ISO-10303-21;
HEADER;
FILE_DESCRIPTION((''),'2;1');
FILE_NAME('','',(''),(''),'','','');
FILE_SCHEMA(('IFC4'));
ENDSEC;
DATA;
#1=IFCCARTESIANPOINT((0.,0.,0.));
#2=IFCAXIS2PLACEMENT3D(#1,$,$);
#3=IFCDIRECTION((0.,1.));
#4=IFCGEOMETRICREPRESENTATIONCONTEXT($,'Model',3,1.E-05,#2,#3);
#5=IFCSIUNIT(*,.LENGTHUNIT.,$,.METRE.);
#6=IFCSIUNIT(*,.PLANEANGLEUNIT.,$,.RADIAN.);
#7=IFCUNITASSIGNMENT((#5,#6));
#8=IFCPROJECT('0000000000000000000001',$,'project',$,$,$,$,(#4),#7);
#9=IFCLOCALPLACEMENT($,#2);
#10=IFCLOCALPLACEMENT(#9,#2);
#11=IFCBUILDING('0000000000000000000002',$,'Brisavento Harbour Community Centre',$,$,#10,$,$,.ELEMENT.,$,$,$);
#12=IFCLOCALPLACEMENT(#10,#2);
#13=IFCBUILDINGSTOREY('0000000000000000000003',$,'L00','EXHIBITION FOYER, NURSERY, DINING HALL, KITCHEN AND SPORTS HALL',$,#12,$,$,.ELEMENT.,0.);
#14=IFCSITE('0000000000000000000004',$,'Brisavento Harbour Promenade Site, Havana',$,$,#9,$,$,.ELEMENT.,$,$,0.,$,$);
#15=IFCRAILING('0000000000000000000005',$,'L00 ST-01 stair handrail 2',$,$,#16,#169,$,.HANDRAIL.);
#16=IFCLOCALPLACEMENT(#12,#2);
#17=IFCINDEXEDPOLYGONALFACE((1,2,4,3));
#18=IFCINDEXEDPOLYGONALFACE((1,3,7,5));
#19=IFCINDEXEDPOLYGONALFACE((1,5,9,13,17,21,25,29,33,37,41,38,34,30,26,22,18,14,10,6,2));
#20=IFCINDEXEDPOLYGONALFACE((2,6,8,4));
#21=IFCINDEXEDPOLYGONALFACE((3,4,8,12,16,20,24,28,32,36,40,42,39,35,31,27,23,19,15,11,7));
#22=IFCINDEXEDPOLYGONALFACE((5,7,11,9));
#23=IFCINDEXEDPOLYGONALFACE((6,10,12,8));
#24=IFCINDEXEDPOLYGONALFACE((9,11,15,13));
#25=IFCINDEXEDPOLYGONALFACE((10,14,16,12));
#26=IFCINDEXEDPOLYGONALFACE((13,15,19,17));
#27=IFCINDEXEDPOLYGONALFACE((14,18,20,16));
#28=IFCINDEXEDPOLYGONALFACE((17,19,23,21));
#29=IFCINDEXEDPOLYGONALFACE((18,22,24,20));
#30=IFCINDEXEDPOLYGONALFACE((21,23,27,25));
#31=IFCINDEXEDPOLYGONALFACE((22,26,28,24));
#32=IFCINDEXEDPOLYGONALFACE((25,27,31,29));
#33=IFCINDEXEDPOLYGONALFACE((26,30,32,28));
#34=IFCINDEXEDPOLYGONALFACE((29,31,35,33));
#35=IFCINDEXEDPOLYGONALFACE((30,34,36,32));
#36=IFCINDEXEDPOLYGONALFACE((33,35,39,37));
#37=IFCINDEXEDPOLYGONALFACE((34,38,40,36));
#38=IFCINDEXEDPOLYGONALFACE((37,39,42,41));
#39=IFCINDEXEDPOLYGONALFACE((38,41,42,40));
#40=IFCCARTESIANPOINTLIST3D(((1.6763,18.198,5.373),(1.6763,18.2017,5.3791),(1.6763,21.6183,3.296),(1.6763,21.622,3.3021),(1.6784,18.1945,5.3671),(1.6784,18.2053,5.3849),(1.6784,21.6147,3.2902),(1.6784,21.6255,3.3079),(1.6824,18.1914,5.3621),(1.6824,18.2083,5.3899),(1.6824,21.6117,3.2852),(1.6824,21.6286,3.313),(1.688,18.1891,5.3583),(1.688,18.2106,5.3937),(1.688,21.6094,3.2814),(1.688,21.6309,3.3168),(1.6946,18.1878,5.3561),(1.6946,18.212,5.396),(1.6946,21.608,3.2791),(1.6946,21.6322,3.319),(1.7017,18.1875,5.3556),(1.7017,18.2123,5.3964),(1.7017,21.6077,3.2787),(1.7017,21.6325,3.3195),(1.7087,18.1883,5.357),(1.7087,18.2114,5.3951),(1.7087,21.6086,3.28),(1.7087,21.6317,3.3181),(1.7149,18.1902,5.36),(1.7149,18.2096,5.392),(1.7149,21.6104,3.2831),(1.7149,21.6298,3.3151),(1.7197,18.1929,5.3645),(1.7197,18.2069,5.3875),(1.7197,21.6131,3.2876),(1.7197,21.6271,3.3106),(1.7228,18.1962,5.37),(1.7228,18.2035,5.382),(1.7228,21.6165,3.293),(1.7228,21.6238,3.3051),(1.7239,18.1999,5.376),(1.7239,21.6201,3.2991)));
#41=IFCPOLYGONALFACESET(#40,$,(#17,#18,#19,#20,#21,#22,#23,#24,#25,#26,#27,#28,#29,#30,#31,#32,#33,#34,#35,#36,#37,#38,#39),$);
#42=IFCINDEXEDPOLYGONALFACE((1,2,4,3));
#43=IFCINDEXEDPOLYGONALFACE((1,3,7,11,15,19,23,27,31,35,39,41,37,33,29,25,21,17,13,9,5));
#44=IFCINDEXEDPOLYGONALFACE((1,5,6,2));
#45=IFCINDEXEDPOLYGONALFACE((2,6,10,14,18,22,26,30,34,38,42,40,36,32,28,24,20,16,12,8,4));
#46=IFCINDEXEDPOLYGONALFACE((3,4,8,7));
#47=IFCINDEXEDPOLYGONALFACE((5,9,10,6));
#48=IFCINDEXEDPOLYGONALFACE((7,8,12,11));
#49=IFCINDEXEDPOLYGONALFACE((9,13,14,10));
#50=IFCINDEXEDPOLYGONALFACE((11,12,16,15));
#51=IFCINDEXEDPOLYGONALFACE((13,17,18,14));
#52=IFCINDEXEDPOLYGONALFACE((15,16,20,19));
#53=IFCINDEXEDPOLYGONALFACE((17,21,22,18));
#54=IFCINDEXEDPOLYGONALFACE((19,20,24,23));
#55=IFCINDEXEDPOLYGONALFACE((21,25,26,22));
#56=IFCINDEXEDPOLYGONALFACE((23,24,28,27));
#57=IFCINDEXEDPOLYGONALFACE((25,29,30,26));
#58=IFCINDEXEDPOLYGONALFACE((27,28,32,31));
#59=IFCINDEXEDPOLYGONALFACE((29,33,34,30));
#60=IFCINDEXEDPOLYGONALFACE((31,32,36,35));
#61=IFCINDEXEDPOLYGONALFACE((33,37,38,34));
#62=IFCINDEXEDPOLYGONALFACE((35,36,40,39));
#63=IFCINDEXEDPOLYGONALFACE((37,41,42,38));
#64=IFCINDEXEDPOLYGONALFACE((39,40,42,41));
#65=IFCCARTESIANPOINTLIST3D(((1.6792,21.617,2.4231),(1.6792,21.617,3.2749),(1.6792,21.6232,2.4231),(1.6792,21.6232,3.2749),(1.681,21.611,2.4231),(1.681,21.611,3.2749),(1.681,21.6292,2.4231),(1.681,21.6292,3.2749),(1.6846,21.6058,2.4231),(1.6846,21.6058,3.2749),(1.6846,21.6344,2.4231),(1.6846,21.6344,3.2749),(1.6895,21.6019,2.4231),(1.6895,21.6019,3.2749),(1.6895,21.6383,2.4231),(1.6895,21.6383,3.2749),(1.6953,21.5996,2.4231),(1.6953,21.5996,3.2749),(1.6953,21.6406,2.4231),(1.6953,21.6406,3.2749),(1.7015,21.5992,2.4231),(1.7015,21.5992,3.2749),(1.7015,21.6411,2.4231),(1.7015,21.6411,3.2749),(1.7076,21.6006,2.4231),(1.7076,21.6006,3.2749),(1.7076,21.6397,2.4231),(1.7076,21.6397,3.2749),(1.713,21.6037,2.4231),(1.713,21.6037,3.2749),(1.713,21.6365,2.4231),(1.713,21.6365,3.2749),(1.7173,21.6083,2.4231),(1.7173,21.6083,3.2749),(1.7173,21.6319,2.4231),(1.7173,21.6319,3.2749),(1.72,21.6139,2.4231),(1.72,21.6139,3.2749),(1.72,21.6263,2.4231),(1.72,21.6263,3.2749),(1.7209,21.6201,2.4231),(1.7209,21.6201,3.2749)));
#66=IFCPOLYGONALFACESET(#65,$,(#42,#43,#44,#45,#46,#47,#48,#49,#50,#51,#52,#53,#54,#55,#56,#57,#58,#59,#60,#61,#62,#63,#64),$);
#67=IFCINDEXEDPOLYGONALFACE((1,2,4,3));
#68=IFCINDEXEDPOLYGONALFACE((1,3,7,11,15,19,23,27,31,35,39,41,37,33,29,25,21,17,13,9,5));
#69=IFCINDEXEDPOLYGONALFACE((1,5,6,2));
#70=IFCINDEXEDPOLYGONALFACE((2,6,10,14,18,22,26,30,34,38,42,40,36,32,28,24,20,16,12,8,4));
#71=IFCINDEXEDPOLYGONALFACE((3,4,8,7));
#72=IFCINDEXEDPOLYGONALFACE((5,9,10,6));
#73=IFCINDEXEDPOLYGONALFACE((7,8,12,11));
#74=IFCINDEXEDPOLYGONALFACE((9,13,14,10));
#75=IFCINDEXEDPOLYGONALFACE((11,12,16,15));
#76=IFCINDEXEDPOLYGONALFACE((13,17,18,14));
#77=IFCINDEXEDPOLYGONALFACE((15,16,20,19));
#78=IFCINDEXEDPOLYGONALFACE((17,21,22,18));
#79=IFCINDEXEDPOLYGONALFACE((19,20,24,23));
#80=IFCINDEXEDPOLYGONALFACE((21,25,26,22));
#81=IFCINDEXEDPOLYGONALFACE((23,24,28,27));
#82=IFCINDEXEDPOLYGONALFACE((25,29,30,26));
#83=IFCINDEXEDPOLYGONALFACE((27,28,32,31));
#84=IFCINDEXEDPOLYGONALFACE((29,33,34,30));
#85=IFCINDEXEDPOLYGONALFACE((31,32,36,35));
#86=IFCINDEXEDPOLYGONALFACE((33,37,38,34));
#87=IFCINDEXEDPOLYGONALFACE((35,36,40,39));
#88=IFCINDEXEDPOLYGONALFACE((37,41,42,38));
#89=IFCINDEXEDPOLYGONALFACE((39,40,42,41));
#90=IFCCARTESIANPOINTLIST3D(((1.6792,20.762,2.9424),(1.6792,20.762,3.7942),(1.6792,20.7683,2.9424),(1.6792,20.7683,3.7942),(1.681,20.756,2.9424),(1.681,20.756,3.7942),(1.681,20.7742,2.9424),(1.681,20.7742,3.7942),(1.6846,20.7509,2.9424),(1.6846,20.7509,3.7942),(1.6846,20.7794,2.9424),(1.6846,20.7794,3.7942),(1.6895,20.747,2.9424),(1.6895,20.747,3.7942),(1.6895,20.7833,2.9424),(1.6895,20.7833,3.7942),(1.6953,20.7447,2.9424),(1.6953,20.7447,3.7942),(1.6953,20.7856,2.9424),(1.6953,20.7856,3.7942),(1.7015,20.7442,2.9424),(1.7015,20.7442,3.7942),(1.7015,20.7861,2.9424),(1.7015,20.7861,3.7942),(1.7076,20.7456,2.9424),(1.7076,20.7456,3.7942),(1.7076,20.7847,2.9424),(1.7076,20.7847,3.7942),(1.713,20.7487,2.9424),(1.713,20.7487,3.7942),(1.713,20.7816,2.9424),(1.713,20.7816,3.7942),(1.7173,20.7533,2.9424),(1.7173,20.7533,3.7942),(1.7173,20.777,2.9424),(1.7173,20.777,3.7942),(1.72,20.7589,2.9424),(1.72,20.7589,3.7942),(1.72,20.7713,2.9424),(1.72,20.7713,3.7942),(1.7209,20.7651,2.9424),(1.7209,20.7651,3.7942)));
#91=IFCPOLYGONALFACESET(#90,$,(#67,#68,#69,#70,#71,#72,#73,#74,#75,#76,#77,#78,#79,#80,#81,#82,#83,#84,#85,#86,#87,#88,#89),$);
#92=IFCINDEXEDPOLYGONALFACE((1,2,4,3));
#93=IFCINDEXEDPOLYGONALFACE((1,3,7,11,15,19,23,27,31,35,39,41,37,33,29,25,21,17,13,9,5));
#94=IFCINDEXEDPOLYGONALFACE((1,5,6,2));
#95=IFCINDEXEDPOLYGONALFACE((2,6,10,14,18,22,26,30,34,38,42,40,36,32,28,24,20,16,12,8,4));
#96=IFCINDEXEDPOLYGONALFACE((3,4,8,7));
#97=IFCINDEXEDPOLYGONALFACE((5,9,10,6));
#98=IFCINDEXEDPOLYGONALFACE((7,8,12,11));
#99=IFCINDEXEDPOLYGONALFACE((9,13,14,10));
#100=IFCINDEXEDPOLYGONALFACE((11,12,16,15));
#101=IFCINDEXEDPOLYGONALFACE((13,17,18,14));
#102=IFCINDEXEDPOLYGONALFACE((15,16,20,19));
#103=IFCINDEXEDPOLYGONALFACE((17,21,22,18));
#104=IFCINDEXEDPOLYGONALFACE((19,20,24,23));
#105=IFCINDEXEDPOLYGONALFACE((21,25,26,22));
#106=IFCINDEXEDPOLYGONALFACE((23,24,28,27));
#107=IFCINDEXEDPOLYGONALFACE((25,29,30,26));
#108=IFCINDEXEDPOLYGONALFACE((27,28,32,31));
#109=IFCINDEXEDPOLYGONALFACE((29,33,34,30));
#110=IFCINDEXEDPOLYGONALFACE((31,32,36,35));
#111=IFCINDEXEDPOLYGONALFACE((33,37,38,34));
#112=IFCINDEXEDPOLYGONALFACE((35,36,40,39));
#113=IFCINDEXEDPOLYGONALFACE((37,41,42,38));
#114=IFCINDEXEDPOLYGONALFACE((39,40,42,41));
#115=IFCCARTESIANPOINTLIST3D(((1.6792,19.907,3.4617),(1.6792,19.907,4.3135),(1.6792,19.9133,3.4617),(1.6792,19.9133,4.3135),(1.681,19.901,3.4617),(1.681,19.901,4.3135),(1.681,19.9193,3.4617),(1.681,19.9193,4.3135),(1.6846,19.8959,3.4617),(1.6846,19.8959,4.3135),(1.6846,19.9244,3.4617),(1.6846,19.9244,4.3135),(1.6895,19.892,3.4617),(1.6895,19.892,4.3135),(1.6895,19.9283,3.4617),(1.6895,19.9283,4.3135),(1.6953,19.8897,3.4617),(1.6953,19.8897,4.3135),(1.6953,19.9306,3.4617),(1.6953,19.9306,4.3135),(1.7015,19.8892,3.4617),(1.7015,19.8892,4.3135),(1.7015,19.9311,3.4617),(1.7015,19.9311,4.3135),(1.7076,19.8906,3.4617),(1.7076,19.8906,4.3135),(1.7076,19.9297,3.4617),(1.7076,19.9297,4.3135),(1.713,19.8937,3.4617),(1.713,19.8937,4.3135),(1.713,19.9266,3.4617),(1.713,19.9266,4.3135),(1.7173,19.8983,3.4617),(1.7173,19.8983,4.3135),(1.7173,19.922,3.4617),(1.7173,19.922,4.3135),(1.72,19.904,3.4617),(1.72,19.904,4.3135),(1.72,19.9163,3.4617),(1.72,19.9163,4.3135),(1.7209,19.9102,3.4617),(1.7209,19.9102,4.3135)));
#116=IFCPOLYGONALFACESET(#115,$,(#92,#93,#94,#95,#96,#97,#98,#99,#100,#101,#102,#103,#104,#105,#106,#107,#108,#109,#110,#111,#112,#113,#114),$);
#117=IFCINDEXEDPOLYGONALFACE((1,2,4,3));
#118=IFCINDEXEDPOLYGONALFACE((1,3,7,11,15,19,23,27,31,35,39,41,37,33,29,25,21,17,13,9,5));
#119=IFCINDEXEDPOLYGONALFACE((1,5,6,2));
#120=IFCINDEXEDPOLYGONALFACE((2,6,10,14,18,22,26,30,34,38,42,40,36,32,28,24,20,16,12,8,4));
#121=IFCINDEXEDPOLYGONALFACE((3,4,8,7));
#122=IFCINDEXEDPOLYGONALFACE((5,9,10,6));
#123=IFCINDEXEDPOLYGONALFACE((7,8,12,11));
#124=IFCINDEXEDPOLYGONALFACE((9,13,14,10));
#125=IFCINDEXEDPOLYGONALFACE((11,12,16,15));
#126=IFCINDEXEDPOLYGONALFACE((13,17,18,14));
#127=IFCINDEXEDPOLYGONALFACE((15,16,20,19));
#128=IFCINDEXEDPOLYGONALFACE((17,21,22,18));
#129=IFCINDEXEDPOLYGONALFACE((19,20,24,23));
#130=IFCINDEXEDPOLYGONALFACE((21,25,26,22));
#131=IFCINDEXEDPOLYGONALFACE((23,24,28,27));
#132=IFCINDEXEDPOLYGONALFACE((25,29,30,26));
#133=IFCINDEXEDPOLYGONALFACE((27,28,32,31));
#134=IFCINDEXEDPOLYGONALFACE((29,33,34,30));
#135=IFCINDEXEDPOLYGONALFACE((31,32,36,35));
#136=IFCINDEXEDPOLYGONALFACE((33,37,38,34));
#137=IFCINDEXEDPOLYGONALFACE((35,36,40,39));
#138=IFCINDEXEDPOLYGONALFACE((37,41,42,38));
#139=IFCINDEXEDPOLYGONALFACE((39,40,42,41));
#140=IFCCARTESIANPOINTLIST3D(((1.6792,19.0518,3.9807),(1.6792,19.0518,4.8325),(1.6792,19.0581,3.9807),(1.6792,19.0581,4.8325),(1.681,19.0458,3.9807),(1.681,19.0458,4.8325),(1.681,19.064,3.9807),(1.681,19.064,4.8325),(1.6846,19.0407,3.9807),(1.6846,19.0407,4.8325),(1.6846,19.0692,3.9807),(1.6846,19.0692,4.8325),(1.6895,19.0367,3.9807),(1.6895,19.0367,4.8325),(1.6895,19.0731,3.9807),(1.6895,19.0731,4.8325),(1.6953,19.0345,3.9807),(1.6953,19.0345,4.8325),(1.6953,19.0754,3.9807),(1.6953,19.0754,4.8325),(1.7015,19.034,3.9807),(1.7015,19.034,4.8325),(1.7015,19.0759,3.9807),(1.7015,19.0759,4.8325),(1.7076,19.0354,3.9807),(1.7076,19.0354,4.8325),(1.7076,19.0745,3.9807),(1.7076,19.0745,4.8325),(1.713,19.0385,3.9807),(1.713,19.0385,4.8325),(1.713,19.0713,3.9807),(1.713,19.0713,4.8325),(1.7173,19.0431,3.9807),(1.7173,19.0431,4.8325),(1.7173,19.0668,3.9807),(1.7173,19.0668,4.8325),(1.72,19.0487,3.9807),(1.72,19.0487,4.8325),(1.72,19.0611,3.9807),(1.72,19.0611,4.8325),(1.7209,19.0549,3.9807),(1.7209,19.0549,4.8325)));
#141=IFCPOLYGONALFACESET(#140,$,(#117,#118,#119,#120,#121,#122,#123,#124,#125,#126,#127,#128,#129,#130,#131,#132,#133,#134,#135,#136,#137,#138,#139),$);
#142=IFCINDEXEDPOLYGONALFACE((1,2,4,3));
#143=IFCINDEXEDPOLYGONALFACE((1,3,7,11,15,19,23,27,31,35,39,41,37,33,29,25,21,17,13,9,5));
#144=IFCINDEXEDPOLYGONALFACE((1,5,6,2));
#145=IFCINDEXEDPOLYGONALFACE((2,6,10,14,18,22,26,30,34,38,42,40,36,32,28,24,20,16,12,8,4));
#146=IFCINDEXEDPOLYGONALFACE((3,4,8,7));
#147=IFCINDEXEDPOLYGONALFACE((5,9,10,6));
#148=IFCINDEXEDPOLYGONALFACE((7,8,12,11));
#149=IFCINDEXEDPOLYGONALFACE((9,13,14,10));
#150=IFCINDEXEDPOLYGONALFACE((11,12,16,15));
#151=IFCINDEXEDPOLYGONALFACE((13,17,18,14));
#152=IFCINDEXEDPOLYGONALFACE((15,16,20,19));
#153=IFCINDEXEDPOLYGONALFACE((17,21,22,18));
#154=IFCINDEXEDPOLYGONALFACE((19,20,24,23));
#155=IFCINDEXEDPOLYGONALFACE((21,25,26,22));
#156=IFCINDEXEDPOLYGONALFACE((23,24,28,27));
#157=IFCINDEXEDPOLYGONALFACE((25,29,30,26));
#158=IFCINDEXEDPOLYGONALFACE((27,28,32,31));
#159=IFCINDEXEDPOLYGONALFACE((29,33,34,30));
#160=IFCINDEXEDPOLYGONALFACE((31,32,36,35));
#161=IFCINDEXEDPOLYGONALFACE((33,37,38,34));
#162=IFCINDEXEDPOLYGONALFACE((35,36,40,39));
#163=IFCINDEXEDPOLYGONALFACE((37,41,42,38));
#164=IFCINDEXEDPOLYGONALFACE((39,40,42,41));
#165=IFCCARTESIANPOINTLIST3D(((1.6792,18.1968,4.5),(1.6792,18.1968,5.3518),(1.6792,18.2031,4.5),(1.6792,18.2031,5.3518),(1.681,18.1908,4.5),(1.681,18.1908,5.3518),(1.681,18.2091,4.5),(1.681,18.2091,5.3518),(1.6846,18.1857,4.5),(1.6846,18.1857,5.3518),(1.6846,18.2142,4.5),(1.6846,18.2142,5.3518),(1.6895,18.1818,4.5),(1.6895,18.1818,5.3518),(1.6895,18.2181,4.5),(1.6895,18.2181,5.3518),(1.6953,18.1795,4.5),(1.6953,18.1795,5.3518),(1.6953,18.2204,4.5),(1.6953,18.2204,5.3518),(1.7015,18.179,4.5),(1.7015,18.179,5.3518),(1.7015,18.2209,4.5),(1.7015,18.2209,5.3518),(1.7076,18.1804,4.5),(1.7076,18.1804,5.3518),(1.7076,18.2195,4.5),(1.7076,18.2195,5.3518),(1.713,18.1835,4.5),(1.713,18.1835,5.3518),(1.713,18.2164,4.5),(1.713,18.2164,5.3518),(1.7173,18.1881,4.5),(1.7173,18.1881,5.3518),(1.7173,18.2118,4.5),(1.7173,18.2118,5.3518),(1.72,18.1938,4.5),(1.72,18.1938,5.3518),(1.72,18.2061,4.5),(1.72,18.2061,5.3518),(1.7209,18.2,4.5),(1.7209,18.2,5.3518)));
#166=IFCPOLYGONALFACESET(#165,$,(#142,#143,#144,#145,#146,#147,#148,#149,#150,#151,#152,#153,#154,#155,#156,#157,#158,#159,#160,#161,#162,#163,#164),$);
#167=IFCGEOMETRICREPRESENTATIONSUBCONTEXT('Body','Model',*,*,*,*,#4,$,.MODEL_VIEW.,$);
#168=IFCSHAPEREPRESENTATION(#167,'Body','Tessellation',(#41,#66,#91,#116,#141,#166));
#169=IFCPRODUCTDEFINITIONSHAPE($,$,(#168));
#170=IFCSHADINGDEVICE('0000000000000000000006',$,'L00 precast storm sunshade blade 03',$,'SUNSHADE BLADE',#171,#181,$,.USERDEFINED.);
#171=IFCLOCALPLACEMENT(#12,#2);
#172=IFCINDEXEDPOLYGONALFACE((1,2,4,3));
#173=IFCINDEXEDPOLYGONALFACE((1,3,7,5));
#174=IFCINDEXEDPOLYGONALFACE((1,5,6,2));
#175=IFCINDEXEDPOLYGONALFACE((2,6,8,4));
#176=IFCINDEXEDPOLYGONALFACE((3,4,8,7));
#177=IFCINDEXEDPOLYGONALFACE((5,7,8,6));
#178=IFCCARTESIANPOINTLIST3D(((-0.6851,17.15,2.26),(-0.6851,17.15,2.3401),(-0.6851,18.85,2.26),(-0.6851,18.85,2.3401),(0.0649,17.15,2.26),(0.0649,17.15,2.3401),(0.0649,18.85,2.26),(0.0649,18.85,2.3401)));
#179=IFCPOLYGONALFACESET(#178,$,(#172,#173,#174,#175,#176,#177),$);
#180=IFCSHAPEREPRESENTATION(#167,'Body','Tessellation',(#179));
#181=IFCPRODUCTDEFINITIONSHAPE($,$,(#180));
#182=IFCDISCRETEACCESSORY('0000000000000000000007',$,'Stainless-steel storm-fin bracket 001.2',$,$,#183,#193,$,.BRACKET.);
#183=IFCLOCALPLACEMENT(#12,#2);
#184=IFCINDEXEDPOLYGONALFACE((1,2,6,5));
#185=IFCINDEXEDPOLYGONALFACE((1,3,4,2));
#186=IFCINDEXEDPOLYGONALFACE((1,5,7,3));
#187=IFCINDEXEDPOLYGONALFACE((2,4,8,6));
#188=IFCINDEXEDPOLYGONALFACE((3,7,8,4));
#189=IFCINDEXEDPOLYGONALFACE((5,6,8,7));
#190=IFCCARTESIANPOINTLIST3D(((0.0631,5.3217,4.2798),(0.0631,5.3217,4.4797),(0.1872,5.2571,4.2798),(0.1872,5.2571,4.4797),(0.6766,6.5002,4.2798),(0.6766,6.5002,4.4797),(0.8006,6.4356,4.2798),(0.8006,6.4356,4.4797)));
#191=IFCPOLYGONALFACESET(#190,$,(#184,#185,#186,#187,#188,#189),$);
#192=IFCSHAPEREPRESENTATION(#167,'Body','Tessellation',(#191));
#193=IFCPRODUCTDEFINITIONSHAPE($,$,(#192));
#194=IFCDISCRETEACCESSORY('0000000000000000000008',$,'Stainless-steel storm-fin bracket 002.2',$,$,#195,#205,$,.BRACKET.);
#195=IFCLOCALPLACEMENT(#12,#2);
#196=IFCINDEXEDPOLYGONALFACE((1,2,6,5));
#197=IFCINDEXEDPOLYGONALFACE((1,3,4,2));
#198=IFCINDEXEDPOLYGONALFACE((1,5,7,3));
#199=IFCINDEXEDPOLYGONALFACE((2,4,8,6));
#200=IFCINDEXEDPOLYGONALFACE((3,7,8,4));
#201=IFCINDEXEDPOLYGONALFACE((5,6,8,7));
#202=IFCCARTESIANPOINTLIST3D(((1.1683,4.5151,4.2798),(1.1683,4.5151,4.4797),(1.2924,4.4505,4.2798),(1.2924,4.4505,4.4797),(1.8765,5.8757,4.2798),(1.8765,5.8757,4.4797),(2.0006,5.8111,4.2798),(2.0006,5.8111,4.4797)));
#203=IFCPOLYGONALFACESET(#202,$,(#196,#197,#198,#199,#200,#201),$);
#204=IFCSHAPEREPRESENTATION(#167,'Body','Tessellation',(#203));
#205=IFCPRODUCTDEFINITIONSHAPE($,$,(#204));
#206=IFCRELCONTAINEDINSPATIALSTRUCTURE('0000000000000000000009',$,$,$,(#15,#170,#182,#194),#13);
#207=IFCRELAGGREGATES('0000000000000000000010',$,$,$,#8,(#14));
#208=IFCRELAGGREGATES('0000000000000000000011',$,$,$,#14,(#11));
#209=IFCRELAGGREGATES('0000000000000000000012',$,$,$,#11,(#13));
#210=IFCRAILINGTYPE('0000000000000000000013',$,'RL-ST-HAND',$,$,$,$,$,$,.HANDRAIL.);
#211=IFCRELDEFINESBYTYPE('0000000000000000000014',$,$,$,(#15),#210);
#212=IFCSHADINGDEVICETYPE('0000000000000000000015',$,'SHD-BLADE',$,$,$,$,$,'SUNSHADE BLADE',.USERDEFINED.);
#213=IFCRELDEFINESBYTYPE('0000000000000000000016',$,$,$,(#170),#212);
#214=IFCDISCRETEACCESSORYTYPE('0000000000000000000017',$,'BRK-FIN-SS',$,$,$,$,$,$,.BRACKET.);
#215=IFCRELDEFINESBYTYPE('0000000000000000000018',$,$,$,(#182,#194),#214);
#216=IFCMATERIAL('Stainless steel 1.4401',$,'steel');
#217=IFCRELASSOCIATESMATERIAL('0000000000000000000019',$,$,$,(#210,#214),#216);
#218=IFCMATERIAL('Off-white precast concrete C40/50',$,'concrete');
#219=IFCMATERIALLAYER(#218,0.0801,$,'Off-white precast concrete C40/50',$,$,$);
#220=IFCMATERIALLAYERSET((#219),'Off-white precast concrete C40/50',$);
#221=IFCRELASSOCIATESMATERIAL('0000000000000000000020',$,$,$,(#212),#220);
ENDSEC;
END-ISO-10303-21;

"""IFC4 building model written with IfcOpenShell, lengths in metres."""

from ifc_helpers import new_model, si_unit, direction, frame, origin, origin_2d, place, context, subcontext, project, spatial, rectangle, circle, extrude, material, layer, layer_set, type_object, element, save


model = new_model("IFC4")

# Units and contexts
model_context = context("Model", 3, precision=1e-05, world=origin(), true_north=direction((0.0, 1.0)))
body_context = subcontext(model_context, "Body", "Model", "MODEL_VIEW")
ifc_project = project(units=[si_unit("LENGTHUNIT", "METRE"), si_unit("PLANEANGLEUNIT", "RADIAN")], contexts=[model_context])

# Site, building, storey
site_placement = place(None, origin())
site = spatial("IfcSite", under=ifc_project, at=site_placement, Name="Brisavento Harbour Promenade Site, Havana", CompositionType="ELEMENT", RefElevation=0.0)
building_placement = place(site_placement, origin())
building = spatial("IfcBuilding", under=site, at=building_placement, Name="Brisavento Harbour Community Centre", CompositionType="ELEMENT")
storey_placement = place(building_placement, origin())
storey = spatial("IfcBuildingStorey", under=building, at=storey_placement, Name="L00", Description="EXHIBITION FOYER, NURSERY, DINING HALL, KITCHEN AND SPORTS HALL", CompositionType="ELEMENT", Elevation=0.0)

# Railing
ifc_material_1 = material(Name="Stainless steel 1.4401", Category="steel")
railing_type_1 = type_object("IfcRailingType", Name="RL-ST-HAND", PredefinedType="HANDRAIL", material=ifc_material_1)
railing_1_placement = place(storey_placement, frame((1.7, 21.6201, 2.4231)))
element("IfcRailing", 1, at=railing_1_placement, inside=storey, type_object=railing_type_1, Name="L00 ST-01 stair handrail 2", PredefinedType="HANDRAIL", context=body_context, shape_type="SweptSolid", body=[
    extrude(circle(Radius=0.0239, at=origin_2d()), frame((0.0, 0.0, 0.876), z_axis=(0.0, -0.854746, 0.519047), x_axis=(1.0, 0.0, 0.0)), (0.0, 0.0, 1.0), 4.0015),
    extrude(circle(Radius=0.021, at=origin_2d()), origin(), (0.0, 0.0, 1.0), 0.8518),
    extrude(circle(Radius=0.021, at=origin_2d()), frame((0.0, -0.855, 0.5193)), (0.0, 0.0, 1.0), 0.8518),
    extrude(circle(Radius=0.021, at=origin_2d()), frame((0.0, -1.71, 1.0386)), (0.0, 0.0, 1.0), 0.8518),
    extrude(circle(Radius=0.021, at=origin_2d()), frame((0.0, -2.5652, 1.5576)), (0.0, 0.0, 1.0), 0.8518),
    extrude(circle(Radius=0.021, at=origin_2d()), frame((0.0, -3.4202, 2.0769)), (0.0, 0.0, 1.0), 0.8518),
])

# Shading device
ifc_material_2 = material(Name="Off-white precast concrete C40/50", Category="concrete")
ifc_layer_1 = layer(ifc_material_2, 0.0801, Name="Off-white precast concrete C40/50")
ifc_layer_set_1 = layer_set([ifc_layer_1], Name="Off-white precast concrete C40/50")
shading_device_type = type_object("IfcShadingDeviceType", Name="SHD-BLADE", ElementType="SUNSHADE BLADE", PredefinedType="USERDEFINED", material=ifc_layer_set_1)
shading_device_placement = place(storey_placement, frame((-0.3101, 18.0, 2.26), z_axis=(0.0, 0.0, 1.0), x_axis=(0.0, 1.0, 0.0)))
element("IfcShadingDevice", 2, at=shading_device_placement, inside=storey, type_object=shading_device_type, Name="L00 precast storm sunshade blade 03", ObjectType="SUNSHADE BLADE", PredefinedType="USERDEFINED", context=body_context, shape_type="SweptSolid", body=[
    extrude(rectangle(XDim=1.7, YDim=0.75, at=origin_2d()), origin(), (0.0, 0.0, 1.0), 0.0801),
])

# Discrete accessories
discrete_accessory_type = type_object("IfcDiscreteAccessoryType", Name="BRK-FIN-SS", PredefinedType="BRACKET", material=ifc_material_1)
discrete_accessory_1_placement = place(storey_placement, frame((0.4319, 5.8787, 4.2798), z_axis=(0.0, 0.0, 1.0), x_axis=(-0.461702, -0.887035, 0.0)))
element("IfcDiscreteAccessory", 3, at=discrete_accessory_1_placement, inside=storey, type_object=discrete_accessory_type, Name="Stainless-steel storm-fin bracket 001.2", PredefinedType="BRACKET", context=body_context, shape_type="SweptSolid", body=[
    extrude(rectangle(XDim=1.3286, YDim=0.1399, at=origin_2d()), origin(), (0.0, 0.0, 1.0), 0.2),
])
discrete_accessory_2_placement = place(storey_placement, frame((1.5845, 5.1631, 4.2798), z_axis=(0.0, 0.0, 1.0), x_axis=(-0.461702, -0.887035, 0.0)))
element("IfcDiscreteAccessory", 4, at=discrete_accessory_2_placement, inside=storey, type_object=discrete_accessory_type, Name="Stainless-steel storm-fin bracket 002.2", PredefinedType="BRACKET", context=body_context, shape_type="SweptSolid", body=[
    extrude(rectangle(XDim=1.5339, YDim=0.1399, at=origin_2d()), origin(), (0.0, 0.0, 1.0), 0.2),
])

save(model, "model.ifc")
